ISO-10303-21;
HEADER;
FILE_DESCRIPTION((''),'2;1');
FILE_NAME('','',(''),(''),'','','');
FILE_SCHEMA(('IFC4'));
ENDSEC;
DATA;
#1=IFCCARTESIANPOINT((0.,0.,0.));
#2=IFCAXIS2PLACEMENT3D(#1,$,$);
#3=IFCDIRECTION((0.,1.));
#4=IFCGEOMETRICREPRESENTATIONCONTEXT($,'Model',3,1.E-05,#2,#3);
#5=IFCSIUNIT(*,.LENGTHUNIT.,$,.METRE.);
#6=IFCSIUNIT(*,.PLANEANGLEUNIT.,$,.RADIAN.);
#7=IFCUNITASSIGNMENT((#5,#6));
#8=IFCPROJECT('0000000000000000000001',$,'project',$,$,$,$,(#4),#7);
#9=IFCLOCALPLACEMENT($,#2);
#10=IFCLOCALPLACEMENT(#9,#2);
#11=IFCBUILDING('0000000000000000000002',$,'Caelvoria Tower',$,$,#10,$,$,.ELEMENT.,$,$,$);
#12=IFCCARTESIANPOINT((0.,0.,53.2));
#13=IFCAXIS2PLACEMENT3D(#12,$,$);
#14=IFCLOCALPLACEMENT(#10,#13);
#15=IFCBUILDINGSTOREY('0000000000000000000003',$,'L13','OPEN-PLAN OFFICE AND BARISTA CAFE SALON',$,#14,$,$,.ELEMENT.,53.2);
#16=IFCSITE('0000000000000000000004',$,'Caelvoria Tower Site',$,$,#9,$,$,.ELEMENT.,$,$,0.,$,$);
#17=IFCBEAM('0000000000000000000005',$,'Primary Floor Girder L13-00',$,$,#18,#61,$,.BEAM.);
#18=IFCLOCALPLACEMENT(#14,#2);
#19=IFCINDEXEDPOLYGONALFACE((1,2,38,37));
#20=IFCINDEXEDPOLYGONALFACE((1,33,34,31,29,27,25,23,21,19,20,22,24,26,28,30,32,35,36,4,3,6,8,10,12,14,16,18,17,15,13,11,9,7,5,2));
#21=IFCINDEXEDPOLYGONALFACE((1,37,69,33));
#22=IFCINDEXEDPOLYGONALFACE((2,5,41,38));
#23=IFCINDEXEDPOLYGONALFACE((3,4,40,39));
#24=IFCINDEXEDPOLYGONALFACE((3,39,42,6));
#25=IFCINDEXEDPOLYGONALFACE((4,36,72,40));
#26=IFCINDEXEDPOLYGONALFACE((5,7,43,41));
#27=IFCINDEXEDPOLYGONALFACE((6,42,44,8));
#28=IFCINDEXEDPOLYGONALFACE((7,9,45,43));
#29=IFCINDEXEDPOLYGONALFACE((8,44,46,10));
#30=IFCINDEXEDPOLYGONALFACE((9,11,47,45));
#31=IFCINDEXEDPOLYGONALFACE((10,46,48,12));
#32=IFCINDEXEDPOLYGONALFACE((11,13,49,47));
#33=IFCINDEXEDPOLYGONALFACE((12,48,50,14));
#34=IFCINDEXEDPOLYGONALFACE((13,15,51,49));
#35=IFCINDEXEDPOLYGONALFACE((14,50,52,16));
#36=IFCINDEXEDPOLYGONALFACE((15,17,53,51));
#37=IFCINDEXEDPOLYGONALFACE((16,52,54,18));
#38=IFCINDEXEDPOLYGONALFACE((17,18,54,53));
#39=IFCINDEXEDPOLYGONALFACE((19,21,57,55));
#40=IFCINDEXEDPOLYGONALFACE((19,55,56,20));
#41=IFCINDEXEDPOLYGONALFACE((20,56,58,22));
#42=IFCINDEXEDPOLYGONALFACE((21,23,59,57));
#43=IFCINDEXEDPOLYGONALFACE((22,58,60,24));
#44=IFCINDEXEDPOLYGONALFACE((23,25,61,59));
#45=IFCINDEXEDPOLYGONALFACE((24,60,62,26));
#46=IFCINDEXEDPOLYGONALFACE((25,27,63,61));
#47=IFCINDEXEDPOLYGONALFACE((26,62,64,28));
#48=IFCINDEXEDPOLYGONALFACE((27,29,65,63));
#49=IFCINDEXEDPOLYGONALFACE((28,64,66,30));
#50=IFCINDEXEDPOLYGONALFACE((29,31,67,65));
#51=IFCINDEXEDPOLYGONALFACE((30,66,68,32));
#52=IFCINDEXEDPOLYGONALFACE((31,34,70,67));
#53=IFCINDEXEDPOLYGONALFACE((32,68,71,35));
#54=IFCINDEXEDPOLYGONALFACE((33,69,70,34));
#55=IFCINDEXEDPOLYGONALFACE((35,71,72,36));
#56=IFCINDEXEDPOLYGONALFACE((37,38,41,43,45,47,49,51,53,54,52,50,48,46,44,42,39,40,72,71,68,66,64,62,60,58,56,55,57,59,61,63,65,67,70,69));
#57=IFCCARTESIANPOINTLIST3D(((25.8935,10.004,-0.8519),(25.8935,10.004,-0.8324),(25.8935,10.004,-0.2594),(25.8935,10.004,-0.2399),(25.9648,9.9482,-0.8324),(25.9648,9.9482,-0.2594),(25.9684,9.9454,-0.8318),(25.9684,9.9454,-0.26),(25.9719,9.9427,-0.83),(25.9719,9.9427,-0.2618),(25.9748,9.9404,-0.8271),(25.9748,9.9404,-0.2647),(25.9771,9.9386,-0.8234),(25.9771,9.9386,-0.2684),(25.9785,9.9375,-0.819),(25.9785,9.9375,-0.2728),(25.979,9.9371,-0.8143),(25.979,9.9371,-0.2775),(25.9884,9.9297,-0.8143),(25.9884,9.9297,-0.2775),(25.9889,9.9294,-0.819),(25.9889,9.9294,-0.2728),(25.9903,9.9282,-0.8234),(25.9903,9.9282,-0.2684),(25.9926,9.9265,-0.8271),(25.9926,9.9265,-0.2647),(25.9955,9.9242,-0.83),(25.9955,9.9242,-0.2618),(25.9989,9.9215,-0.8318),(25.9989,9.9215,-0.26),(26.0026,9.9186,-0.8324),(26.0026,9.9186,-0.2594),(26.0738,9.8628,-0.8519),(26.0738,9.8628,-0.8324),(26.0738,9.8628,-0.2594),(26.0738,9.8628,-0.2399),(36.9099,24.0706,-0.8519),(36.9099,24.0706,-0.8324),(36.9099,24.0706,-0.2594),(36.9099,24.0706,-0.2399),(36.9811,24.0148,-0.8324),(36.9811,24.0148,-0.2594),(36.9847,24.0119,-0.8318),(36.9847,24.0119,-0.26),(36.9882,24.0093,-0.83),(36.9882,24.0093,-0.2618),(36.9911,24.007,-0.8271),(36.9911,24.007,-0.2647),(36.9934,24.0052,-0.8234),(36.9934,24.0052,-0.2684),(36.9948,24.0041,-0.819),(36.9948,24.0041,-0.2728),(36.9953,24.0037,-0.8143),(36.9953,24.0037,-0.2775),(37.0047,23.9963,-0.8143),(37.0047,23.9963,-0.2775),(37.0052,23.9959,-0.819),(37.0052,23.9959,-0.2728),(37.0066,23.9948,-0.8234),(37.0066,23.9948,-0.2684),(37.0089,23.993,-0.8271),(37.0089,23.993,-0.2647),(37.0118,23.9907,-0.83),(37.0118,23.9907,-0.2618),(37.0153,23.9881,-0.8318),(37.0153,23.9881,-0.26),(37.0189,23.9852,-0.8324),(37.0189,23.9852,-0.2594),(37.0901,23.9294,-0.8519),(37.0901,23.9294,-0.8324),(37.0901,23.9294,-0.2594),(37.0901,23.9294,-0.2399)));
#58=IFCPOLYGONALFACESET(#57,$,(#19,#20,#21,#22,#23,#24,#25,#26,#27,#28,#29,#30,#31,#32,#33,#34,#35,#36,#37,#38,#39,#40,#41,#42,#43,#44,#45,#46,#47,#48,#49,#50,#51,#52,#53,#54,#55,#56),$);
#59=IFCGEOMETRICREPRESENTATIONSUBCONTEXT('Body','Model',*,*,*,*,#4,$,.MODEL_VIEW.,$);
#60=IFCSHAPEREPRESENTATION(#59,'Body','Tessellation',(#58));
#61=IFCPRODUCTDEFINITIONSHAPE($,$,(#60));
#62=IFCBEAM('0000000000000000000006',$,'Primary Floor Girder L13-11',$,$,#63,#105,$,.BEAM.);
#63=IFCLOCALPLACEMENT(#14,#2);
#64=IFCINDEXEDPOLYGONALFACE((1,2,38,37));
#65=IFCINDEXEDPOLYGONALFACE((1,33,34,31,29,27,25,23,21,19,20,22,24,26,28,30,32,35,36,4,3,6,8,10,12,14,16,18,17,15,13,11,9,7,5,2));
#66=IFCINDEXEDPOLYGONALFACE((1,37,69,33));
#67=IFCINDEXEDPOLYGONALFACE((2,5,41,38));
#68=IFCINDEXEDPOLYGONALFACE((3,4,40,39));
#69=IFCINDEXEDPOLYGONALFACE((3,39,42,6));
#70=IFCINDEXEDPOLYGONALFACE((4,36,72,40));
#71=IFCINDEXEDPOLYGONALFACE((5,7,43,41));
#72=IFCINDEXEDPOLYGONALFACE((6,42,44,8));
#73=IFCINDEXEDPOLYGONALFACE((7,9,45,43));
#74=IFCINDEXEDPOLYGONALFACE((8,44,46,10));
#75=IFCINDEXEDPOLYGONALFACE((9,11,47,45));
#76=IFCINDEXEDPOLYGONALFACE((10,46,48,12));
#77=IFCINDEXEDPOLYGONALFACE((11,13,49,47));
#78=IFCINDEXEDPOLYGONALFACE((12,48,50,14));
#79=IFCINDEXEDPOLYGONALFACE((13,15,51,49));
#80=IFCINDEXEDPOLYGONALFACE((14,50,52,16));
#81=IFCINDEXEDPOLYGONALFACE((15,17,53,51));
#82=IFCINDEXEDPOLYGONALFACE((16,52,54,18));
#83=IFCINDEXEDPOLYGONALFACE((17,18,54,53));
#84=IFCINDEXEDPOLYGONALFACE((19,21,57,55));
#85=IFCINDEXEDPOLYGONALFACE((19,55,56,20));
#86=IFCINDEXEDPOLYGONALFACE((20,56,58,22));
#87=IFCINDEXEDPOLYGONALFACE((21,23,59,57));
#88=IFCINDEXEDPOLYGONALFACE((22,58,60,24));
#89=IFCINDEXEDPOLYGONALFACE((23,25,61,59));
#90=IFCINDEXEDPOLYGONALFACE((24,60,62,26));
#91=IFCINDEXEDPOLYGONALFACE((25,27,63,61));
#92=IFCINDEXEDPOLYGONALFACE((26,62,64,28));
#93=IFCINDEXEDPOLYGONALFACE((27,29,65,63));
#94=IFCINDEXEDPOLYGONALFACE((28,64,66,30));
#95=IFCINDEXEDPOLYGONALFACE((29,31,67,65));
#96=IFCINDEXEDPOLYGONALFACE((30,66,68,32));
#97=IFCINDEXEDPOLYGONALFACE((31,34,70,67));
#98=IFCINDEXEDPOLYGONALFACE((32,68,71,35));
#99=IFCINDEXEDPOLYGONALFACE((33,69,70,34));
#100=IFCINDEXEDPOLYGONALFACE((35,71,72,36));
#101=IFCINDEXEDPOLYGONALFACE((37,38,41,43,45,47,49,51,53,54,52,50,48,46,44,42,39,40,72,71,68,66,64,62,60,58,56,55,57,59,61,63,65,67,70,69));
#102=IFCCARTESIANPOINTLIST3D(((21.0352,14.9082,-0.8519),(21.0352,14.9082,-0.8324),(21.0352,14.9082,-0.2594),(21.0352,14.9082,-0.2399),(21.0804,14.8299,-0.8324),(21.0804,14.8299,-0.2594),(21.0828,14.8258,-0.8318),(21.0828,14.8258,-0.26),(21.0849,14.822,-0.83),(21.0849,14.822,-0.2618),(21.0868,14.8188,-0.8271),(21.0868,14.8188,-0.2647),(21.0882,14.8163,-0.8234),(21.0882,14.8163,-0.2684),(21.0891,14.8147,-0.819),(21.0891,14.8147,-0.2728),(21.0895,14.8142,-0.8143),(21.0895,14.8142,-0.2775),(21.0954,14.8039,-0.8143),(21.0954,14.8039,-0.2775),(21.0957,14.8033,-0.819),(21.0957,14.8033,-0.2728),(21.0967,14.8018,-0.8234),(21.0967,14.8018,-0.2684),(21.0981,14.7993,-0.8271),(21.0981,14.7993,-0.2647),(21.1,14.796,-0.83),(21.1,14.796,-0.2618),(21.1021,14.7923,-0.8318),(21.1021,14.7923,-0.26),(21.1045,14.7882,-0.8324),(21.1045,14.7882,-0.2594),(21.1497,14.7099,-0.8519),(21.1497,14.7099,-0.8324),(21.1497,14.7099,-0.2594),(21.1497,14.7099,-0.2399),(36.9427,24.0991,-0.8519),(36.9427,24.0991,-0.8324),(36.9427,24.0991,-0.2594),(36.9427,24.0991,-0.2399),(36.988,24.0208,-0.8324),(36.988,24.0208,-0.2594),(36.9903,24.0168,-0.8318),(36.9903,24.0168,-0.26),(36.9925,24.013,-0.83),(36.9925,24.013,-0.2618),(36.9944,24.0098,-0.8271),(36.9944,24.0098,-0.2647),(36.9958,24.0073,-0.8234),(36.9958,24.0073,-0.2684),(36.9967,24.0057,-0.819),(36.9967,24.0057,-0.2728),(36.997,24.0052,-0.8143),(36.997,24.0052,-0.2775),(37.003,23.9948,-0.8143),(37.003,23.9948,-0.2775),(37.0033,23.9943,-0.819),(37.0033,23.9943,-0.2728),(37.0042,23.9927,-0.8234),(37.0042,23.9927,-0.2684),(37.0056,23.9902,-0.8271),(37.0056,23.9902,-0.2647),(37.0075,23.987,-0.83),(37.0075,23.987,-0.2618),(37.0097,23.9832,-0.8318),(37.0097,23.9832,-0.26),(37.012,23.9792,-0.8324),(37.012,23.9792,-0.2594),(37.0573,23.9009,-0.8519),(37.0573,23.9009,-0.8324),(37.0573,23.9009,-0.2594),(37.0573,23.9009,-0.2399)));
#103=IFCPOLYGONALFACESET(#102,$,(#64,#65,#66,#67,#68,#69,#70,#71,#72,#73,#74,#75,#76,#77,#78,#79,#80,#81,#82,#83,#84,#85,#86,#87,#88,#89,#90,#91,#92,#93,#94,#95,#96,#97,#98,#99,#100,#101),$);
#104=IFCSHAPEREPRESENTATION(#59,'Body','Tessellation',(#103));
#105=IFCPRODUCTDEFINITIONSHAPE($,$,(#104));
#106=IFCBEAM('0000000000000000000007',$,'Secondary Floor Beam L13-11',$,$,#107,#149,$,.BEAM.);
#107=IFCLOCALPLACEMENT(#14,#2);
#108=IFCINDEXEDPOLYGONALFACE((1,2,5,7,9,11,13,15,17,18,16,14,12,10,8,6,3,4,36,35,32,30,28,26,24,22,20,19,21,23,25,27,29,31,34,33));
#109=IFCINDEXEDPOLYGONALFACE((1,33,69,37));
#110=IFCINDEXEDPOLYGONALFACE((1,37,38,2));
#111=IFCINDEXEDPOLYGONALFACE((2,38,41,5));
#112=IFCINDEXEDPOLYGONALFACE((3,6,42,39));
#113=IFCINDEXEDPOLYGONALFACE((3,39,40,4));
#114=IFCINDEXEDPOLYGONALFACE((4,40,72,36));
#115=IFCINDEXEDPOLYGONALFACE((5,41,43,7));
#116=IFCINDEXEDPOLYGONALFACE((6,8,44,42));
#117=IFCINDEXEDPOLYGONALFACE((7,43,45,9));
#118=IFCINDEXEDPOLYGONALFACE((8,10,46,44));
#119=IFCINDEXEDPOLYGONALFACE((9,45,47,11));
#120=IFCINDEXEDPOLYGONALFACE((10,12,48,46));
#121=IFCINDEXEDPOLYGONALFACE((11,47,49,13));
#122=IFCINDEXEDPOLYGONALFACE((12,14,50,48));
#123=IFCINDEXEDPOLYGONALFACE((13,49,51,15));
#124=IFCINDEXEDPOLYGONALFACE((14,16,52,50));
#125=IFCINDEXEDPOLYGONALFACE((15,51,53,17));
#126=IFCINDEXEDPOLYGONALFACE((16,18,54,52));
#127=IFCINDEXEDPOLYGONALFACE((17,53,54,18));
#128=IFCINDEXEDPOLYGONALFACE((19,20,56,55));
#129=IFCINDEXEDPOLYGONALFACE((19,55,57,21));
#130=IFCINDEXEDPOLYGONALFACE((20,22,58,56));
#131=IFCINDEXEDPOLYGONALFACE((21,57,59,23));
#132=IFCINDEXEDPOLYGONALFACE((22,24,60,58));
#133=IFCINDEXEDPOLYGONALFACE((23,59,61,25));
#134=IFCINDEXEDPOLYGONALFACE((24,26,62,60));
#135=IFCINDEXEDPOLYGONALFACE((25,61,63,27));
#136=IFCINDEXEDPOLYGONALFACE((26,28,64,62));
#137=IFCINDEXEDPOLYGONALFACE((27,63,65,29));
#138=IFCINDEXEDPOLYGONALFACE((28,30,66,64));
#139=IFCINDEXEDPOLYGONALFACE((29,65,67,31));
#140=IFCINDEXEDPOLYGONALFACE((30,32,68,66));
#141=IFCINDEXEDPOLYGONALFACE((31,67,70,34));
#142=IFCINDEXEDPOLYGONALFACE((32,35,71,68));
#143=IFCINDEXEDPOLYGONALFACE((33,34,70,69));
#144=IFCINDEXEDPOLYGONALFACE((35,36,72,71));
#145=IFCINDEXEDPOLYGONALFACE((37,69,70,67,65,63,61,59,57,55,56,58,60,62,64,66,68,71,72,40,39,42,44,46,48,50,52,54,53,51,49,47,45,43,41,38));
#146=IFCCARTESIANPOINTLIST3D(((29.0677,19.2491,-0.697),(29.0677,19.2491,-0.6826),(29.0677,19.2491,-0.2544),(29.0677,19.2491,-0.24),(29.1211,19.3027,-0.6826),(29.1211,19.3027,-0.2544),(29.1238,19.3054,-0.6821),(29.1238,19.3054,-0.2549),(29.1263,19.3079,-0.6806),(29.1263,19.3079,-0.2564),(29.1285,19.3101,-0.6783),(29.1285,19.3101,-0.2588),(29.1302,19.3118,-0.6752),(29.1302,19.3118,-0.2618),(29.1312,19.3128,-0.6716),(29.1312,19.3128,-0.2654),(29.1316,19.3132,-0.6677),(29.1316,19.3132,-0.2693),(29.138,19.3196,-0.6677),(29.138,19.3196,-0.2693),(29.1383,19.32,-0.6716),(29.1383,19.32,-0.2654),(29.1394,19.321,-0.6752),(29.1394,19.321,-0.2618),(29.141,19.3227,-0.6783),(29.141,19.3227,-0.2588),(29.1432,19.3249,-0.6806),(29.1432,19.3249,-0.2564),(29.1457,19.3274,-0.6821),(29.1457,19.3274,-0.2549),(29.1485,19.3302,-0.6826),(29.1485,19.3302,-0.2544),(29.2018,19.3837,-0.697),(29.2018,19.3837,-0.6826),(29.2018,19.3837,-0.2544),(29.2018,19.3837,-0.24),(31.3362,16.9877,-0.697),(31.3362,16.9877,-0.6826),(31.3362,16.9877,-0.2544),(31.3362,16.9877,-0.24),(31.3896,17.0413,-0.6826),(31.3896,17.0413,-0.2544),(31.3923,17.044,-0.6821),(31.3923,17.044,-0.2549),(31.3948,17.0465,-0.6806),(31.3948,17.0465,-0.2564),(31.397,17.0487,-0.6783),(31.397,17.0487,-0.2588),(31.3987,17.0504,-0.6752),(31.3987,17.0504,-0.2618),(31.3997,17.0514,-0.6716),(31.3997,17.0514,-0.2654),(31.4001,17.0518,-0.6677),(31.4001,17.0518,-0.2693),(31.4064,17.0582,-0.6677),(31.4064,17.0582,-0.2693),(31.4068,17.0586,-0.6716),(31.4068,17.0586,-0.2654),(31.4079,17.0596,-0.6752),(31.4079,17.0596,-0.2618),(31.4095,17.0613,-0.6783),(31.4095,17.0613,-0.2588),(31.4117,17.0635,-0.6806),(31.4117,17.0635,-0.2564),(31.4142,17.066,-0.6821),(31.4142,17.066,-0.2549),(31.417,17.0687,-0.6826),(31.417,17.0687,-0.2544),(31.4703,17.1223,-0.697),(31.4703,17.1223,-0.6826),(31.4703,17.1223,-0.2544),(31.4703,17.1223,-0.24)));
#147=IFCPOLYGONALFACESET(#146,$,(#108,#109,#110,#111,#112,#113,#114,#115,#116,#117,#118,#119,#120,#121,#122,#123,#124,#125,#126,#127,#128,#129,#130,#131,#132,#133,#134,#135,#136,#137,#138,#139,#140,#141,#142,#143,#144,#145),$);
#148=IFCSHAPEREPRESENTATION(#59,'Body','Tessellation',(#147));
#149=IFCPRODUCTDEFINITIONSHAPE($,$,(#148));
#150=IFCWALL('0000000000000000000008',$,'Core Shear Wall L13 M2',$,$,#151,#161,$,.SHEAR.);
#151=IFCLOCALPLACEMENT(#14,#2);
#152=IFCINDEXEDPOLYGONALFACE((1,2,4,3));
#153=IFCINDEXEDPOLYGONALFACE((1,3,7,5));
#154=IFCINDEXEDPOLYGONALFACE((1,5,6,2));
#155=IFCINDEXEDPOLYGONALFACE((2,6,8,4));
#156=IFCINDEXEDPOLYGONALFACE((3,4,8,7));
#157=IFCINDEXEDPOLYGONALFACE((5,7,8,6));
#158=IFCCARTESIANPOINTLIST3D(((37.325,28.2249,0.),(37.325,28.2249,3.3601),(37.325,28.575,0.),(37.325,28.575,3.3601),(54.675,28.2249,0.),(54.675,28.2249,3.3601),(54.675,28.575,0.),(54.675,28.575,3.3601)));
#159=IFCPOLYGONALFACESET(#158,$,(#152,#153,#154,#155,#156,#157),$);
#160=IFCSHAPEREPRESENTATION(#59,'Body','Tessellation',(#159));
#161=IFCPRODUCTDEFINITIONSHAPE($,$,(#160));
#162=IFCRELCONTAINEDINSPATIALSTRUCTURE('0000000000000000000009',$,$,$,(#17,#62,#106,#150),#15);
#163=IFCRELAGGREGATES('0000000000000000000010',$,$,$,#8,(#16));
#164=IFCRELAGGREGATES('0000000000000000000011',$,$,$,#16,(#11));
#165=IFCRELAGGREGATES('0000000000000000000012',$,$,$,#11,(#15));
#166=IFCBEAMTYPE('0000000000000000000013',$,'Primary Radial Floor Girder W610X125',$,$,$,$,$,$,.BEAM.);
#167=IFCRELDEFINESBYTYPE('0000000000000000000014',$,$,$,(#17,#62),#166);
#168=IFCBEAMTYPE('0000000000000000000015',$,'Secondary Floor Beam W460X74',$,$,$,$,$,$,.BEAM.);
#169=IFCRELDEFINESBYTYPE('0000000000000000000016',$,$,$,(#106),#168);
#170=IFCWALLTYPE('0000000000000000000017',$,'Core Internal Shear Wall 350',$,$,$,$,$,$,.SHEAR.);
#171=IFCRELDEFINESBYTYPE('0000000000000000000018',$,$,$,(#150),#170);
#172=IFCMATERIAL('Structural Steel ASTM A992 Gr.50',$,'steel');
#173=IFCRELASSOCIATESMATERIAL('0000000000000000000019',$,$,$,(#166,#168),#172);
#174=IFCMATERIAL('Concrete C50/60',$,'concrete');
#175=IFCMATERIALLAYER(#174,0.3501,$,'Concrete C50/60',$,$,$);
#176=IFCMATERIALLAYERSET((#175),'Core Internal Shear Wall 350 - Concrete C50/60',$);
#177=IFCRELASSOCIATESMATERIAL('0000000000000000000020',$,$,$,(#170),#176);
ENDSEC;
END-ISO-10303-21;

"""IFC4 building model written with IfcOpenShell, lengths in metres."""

from ifc_helpers import new_model, si_unit, direction, frame, frame_2d, origin, origin_2d, place, context, subcontext, project, spatial, rectangle, i_section, extrude, material, layer, layer_set, material_profile, profile_set, type_object, element, save


model = new_model("IFC4")

# Units and contexts
model_context = context("Model", 3, precision=1e-05, world=origin(), true_north=direction((0.0, 1.0)))
body_context = subcontext(model_context, "Body", "Model", "MODEL_VIEW")
ifc_project = project(units=[si_unit("LENGTHUNIT", "METRE"), si_unit("PLANEANGLEUNIT", "RADIAN")], contexts=[model_context])

# Site, building, storey
site_placement = place(None, origin())
site = spatial("IfcSite", under=ifc_project, at=site_placement, Name="Caelvoria Tower Site", CompositionType="ELEMENT", RefElevation=0.0)
building_placement = place(site_placement, origin())
building = spatial("IfcBuilding", under=site, at=building_placement, Name="Caelvoria Tower", CompositionType="ELEMENT")
storey_placement = place(building_placement, frame((0.0, 0.0, 53.2)))
storey = spatial("IfcBuildingStorey", under=building, at=storey_placement, Name="L13", Description="OPEN-PLAN OFFICE AND BARISTA CAFE SALON", CompositionType="ELEMENT", Elevation=53.2)

# Beams
ifc_material_1 = material(Name="Structural Steel ASTM A992 Gr.50", Category="steel")
ifc_material_profile_1 = material_profile(ifc_material_1, i_section(OverallWidth=0.229, OverallDepth=0.6121, WebThickness=0.012, FlangeThickness=0.0195, FilletRadius=0.0181, at=origin_2d()), Name="Structural Steel ASTM A992 Gr.50")
ifc_profile_set_1 = profile_set([ifc_material_profile_1], Name="W610X125 - Structural Steel ASTM A992 Gr.50")
beam_type_1 = type_object("IfcBeamType", Name="Primary Radial Floor Girder W610X125", PredefinedType="BEAM", material=ifc_profile_set_1)
beam_1_placement = place(storey_placement, frame((37.0, 24.0, -0.5459), z_axis=(-0.616575, -0.787296, 0.0), x_axis=(0.787296, -0.616575, 0.0)))
element("IfcBeam", 1, at=beam_1_placement, inside=storey, type_object=beam_type_1, Name="Primary Floor Girder L13-00", PredefinedType="BEAM", context=body_context, shape_type="SweptSolid", body=[
    extrude(i_section(OverallWidth=0.229, OverallDepth=0.6121, WebThickness=0.012, FlangeThickness=0.0195, FilletRadius=0.0181, at=origin_2d()), origin(), (0.0, 0.0, 1.0), 17.8669),
])
beam_2_placement = place(storey_placement, frame((37.0, 24.0, -0.5459), z_axis=(-0.865867, -0.500275, 0.0), x_axis=(0.500275, -0.865867, 0.0)))
element("IfcBeam", 2, at=beam_2_placement, inside=storey, type_object=beam_type_1, Name="Primary Floor Girder L13-11", PredefinedType="BEAM", context=body_context, shape_type="SweptSolid", body=[
    extrude(i_section(OverallWidth=0.229, OverallDepth=0.6121, WebThickness=0.012, FlangeThickness=0.0195, FilletRadius=0.0181, at=origin_2d()), origin(), (0.0, 0.0, 1.0), 18.3718),
])
ifc_material_profile_2 = material_profile(ifc_material_1, i_section(OverallWidth=0.1899, OverallDepth=0.457, WebThickness=0.009, FlangeThickness=0.0144, FilletRadius=0.0149, at=origin_2d()), Name="Structural Steel ASTM A992 Gr.50")
ifc_profile_set_2 = profile_set([ifc_material_profile_2], Name="W460X74 - Structural Steel ASTM A992 Gr.50")
beam_type_2 = type_object("IfcBeamType", Name="Secondary Floor Beam W460X74", PredefinedType="BEAM", material=ifc_profile_set_2)
beam_3_placement = place(storey_placement, frame((29.1348, 19.3164, -0.4685), z_axis=(0.708211, -0.706001, 0.0), x_axis=(0.706001, 0.708211, 0.0)))
element("IfcBeam", 3, at=beam_3_placement, inside=storey, type_object=beam_type_2, Name="Secondary Floor Beam L13-11", PredefinedType="BEAM", context=body_context, shape_type="SweptSolid", body=[
    extrude(i_section(OverallWidth=0.1899, OverallDepth=0.457, WebThickness=0.009, FlangeThickness=0.0144, FilletRadius=0.0149, at=origin_2d()), origin(), (0.0, 0.0, 1.0), 3.2031),
])

# Wall
ifc_material_2 = material(Name="Concrete C50/60", Category="concrete")
ifc_layer_1 = layer(ifc_material_2, 0.3501, Name="Concrete C50/60")
ifc_layer_set_1 = layer_set([ifc_layer_1], Name="Core Internal Shear Wall 350 - Concrete C50/60")
wall_type_1 = type_object("IfcWallType", Name="Core Internal Shear Wall 350", PredefinedType="SHEAR", material=ifc_layer_set_1)
wall_1_placement = place(storey_placement, frame((37.325, 28.3999, 0.0), z_axis=(0.0, 0.0, 1.0), x_axis=(1.0, 0.0, 0.0)))
element("IfcWall", 4, at=wall_1_placement, inside=storey, type_object=wall_type_1, Name="Core Shear Wall L13 M2", PredefinedType="SHEAR", context=body_context, shape_type="SweptSolid", body=[
    extrude(rectangle(XDim=17.3501, YDim=0.3501, at=frame_2d((8.675, 0.0))), origin(), (0.0, 0.0, 1.0), 3.3601),
])

save(model, "model.ifc")
